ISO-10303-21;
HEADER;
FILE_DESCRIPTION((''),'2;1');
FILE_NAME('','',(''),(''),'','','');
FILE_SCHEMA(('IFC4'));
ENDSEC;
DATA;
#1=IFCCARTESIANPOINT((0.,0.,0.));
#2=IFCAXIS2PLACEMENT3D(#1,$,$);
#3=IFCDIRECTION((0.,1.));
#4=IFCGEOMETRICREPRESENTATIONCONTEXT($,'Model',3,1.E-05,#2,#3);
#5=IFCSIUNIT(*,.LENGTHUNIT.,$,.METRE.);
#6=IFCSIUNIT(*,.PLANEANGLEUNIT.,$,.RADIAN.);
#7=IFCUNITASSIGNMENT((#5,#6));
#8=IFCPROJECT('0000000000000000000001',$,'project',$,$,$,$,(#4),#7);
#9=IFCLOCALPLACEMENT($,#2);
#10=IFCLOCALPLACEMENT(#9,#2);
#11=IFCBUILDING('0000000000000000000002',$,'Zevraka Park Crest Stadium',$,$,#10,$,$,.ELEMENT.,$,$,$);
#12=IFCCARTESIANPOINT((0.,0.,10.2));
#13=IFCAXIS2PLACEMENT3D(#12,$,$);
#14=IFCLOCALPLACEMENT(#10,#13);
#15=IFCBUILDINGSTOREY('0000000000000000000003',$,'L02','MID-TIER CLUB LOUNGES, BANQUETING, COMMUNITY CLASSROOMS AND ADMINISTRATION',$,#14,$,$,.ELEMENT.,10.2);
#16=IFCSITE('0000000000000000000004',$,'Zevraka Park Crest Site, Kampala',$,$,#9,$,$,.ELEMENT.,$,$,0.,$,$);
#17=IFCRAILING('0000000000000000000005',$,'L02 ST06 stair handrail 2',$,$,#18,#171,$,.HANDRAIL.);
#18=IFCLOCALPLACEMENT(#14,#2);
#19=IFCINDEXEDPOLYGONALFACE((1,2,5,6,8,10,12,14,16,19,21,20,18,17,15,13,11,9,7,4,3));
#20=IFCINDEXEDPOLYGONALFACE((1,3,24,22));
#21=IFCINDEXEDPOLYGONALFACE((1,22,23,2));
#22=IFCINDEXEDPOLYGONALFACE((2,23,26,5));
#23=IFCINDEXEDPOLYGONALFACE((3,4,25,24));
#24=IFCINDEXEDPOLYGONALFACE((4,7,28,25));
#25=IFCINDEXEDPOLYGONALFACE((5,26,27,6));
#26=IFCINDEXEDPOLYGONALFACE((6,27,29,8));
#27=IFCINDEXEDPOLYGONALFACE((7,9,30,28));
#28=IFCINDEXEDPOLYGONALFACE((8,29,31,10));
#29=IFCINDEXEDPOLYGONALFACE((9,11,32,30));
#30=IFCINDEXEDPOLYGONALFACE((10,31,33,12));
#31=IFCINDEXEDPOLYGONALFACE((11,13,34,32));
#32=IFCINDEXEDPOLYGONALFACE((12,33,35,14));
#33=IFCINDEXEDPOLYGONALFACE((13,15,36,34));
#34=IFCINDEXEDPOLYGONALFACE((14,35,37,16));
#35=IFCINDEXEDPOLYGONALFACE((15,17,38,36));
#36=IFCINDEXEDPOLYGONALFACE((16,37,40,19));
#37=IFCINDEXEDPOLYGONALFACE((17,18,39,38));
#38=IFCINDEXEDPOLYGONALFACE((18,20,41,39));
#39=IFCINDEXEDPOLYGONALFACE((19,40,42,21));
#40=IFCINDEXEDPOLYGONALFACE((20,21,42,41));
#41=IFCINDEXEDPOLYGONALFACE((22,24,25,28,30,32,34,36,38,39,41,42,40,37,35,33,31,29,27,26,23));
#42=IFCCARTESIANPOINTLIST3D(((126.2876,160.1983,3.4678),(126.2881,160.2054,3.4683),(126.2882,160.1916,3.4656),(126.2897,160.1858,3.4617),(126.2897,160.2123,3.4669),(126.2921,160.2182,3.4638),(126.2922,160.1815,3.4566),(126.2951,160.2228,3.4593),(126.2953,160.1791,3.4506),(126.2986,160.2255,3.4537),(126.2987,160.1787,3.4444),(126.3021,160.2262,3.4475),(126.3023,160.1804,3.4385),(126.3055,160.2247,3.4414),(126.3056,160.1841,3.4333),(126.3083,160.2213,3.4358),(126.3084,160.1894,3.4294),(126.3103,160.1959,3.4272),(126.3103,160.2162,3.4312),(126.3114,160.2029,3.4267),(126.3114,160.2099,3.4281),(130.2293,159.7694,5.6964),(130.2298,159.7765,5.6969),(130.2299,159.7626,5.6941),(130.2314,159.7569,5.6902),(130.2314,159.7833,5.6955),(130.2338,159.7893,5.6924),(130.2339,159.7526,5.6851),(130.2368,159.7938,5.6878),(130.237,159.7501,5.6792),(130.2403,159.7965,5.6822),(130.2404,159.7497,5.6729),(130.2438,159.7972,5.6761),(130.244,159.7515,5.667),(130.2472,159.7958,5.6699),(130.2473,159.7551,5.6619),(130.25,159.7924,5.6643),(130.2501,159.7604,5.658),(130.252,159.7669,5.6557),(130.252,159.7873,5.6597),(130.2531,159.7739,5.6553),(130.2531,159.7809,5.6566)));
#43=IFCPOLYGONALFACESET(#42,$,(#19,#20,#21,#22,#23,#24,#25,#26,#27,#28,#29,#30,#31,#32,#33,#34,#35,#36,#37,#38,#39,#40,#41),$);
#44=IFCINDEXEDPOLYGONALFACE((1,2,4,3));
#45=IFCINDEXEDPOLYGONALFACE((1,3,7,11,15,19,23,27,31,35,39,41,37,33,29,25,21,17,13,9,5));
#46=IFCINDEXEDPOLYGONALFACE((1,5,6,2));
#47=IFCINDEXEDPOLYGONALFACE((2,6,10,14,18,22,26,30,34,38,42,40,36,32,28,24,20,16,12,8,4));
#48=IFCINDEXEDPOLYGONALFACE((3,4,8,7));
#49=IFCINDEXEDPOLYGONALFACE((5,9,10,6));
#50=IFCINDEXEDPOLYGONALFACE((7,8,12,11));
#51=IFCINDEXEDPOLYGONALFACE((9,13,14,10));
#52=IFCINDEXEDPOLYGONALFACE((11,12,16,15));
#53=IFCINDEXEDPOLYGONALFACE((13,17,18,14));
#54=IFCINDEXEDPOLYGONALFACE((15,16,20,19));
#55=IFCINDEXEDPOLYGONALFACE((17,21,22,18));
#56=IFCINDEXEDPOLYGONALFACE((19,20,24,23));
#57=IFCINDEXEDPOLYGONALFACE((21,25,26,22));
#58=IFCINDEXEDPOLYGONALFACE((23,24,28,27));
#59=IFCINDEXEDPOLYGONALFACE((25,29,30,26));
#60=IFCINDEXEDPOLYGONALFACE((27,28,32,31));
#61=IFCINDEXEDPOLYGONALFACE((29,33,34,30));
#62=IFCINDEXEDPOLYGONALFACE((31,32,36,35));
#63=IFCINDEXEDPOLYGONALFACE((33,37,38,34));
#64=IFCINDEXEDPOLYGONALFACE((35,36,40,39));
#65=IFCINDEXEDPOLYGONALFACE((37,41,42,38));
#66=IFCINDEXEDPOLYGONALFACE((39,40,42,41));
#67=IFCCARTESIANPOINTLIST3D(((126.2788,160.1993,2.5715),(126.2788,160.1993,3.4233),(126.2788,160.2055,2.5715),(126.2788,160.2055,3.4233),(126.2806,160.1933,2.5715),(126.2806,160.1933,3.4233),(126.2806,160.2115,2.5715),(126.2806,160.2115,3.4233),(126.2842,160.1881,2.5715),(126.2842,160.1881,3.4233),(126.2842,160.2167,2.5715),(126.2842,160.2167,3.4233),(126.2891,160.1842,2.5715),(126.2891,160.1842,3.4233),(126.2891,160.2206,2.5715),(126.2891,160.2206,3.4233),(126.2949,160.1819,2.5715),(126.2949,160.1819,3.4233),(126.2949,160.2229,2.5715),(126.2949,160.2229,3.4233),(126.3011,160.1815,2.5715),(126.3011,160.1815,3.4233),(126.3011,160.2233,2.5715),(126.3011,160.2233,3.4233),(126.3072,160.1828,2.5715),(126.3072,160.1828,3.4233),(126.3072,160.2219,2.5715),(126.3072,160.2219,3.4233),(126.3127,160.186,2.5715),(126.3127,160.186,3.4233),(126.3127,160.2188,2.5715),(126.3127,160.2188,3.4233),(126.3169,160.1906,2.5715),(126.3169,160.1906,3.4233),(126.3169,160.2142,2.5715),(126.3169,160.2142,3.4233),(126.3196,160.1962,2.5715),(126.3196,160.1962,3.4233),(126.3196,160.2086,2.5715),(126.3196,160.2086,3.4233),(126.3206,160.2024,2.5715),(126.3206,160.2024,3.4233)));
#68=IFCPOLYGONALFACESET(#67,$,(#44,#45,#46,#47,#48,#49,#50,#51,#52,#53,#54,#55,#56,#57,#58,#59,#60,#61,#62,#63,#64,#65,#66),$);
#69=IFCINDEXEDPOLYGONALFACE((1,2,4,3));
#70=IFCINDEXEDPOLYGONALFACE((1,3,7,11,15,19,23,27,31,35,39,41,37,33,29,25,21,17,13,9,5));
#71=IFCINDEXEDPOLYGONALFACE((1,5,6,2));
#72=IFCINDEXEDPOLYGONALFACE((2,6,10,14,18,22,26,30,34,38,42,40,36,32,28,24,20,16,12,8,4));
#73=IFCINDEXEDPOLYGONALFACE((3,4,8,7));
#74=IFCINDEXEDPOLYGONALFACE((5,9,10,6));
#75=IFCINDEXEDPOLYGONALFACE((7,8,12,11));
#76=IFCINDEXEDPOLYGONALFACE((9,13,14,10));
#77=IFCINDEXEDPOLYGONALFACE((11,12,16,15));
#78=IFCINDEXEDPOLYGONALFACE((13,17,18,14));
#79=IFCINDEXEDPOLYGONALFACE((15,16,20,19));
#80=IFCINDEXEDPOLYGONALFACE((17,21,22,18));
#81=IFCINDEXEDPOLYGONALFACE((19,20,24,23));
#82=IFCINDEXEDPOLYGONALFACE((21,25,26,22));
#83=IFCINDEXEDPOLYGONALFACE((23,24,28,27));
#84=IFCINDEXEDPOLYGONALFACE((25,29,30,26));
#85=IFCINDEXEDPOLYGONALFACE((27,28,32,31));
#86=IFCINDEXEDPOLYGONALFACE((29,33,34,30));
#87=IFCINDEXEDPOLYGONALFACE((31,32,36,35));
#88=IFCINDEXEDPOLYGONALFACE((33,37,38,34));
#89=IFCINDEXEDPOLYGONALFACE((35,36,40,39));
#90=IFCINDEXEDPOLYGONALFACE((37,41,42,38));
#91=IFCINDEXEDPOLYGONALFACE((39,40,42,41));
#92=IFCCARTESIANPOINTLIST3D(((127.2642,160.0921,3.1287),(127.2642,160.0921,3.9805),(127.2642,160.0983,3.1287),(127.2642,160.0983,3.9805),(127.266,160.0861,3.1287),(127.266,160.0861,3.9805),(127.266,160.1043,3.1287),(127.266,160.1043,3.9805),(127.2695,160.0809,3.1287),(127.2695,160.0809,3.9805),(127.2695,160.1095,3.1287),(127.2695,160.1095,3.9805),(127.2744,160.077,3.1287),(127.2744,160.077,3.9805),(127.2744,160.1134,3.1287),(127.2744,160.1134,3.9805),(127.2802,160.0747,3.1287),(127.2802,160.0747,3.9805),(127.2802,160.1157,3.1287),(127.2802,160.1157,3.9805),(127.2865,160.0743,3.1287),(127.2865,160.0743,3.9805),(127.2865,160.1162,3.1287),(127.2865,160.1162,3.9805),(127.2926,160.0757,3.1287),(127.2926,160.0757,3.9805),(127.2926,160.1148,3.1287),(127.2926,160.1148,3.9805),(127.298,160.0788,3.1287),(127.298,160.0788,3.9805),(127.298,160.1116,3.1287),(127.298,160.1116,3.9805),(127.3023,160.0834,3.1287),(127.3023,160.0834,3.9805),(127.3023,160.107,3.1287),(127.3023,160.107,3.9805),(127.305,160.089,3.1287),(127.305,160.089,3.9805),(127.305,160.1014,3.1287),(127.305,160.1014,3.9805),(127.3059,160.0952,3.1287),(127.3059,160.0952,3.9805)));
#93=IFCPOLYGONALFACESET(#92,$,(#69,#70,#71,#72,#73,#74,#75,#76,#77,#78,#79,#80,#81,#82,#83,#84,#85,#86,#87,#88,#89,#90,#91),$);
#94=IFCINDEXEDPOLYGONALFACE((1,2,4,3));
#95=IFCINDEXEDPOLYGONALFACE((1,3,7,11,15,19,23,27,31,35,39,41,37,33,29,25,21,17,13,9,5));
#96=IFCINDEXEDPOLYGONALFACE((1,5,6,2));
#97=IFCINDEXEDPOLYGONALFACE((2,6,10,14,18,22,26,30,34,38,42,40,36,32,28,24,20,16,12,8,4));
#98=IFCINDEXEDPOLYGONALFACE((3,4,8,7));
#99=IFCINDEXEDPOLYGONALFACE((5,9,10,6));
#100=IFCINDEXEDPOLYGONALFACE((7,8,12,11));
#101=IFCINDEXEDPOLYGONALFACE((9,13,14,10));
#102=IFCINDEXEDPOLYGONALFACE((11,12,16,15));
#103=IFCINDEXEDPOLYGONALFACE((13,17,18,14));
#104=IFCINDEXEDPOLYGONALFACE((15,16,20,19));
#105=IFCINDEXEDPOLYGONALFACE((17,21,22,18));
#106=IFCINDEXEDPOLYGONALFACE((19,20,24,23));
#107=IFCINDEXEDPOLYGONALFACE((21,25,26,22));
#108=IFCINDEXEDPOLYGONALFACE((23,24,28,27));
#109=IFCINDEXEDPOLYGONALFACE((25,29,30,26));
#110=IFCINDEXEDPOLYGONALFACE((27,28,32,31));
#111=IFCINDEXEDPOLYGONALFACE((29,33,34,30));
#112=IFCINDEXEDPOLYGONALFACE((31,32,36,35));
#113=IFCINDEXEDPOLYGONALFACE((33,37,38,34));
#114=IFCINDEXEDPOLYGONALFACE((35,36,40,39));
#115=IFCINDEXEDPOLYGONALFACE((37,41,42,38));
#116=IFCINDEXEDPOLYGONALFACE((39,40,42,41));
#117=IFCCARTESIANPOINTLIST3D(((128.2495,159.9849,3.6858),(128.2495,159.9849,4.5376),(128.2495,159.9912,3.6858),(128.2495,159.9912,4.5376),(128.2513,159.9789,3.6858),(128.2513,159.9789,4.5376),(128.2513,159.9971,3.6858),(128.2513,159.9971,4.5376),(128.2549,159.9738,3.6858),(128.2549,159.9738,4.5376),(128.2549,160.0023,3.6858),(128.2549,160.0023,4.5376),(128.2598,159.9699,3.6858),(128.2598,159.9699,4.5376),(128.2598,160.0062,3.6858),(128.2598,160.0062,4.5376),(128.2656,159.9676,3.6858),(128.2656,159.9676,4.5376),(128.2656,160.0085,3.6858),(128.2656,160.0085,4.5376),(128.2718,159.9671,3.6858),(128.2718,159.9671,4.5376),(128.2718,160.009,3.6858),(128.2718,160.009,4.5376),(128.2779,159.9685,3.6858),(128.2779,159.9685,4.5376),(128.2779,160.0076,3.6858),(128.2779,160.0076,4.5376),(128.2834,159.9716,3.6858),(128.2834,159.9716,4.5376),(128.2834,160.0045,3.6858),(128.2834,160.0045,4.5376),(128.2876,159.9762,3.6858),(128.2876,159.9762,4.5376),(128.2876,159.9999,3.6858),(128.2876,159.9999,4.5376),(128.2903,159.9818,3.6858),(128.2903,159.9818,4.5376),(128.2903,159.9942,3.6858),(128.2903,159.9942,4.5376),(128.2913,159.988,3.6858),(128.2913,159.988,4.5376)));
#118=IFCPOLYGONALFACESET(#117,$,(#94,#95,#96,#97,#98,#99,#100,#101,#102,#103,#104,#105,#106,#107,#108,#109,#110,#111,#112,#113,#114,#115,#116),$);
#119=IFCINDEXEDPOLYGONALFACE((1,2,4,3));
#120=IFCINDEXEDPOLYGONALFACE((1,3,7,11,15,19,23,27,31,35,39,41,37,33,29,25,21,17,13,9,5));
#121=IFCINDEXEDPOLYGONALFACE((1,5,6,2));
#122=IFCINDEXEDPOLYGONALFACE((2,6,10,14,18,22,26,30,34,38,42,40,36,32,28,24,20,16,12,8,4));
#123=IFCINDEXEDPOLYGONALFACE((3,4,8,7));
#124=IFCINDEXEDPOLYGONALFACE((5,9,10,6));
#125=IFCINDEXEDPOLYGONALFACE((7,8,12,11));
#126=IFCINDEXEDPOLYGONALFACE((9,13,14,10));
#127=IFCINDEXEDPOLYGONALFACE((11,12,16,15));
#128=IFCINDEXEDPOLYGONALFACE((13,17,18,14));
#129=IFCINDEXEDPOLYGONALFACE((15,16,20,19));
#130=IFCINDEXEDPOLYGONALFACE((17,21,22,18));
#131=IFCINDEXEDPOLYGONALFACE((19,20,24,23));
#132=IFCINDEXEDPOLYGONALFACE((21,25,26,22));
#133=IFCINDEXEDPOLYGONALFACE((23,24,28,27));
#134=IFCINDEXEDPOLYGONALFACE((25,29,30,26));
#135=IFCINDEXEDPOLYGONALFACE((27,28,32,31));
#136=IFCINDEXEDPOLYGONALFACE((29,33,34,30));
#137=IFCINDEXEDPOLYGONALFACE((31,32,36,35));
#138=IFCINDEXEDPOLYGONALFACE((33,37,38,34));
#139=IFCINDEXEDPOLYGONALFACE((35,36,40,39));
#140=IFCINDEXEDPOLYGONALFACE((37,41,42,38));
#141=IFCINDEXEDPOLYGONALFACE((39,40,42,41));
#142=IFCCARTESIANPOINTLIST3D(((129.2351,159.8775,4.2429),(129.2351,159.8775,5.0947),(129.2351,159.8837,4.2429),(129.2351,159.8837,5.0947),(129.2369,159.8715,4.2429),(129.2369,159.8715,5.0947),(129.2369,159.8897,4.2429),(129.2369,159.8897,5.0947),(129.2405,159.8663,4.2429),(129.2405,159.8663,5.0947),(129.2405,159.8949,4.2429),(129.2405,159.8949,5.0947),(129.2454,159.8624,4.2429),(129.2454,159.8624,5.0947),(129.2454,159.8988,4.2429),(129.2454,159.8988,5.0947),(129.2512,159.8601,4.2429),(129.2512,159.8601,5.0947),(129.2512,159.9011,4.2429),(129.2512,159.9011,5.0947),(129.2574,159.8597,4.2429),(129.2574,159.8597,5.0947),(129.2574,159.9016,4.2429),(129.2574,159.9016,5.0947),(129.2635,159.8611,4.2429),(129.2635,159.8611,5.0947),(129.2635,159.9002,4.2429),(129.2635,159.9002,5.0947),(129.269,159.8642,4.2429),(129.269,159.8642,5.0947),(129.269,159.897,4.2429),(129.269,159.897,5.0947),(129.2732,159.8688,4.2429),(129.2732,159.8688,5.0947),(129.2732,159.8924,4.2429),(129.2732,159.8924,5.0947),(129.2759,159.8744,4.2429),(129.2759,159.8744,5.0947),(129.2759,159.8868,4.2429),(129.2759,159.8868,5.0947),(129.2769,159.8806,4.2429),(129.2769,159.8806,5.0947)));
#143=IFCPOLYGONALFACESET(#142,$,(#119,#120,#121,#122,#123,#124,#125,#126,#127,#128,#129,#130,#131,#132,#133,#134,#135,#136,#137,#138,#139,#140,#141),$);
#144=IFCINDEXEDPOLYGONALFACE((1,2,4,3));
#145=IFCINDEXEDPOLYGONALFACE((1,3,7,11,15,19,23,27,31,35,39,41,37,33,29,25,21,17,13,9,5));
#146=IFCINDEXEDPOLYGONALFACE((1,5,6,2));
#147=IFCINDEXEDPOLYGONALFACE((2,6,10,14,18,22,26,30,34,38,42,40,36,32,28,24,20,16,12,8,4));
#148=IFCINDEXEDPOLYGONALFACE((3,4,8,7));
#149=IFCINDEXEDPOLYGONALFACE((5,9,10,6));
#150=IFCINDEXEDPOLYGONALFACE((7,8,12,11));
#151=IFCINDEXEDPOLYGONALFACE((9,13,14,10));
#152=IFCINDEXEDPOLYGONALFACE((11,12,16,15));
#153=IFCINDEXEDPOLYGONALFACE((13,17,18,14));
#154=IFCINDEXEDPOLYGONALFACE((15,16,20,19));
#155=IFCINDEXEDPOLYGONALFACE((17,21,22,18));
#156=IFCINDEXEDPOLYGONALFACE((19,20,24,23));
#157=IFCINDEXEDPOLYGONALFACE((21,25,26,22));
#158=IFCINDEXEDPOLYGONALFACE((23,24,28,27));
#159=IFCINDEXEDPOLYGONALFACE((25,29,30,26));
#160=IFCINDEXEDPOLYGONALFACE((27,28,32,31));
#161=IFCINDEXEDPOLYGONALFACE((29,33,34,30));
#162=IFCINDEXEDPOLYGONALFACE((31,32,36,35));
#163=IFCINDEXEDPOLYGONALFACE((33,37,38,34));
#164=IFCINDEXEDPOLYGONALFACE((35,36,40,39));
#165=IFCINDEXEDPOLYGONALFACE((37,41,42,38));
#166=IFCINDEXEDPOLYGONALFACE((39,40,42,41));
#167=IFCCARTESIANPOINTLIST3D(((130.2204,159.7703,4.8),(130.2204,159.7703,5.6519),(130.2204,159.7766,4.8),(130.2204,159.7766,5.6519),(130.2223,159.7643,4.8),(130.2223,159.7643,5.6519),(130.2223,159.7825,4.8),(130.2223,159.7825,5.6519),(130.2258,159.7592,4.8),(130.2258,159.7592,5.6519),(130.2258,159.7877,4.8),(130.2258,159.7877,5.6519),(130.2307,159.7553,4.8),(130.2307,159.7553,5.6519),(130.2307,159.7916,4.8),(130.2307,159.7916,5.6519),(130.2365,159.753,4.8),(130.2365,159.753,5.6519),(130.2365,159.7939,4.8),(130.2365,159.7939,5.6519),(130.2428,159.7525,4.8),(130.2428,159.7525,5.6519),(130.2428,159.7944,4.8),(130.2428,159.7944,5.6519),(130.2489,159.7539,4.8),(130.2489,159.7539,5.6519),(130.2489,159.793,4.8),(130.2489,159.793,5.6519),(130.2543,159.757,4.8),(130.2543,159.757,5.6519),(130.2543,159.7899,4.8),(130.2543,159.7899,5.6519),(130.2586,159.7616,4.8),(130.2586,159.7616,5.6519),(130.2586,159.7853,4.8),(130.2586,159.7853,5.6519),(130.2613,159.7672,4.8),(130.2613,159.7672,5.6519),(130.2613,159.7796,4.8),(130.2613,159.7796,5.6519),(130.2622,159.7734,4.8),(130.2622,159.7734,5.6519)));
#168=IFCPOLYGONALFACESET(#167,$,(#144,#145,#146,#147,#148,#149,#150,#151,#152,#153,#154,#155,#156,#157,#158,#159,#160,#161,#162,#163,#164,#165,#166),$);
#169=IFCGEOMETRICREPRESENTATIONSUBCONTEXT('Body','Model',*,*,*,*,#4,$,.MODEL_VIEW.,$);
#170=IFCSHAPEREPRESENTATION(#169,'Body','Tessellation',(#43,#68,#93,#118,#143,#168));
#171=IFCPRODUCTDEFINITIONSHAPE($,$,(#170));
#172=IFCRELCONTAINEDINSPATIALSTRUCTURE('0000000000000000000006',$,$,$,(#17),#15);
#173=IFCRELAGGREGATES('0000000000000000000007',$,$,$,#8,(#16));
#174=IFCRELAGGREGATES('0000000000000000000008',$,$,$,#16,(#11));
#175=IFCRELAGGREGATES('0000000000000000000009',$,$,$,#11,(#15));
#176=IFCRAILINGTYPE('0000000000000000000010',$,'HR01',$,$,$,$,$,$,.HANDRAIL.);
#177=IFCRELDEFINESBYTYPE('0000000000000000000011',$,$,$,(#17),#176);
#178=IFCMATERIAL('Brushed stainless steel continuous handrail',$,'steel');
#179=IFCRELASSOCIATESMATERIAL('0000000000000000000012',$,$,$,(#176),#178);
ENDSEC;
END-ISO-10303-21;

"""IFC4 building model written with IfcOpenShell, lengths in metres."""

from ifc_helpers import new_model, si_unit, direction, frame, origin, origin_2d, place, context, subcontext, project, spatial, circle, extrude, material, type_object, element, save


model = new_model("IFC4")

# Units and contexts
model_context = context("Model", 3, precision=1e-05, world=origin(), true_north=direction((0.0, 1.0)))
body_context = subcontext(model_context, "Body", "Model", "MODEL_VIEW")
ifc_project = project(units=[si_unit("LENGTHUNIT", "METRE"), si_unit("PLANEANGLEUNIT", "RADIAN")], contexts=[model_context])

# Site, building, storey
site_placement = place(None, origin())
site = spatial("IfcSite", under=ifc_project, at=site_placement, Name="Zevraka Park Crest Site, Kampala", CompositionType="ELEMENT", RefElevation=0.0)
building_placement = place(site_placement, origin())
building = spatial("IfcBuilding", under=site, at=building_placement, Name="Zevraka Park Crest Stadium", CompositionType="ELEMENT")
storey_placement = place(building_placement, frame((0.0, 0.0, 10.2)))
storey = spatial("IfcBuildingStorey", under=building, at=storey_placement, Name="L02", Description="MID-TIER CLUB LOUNGES, BANQUETING, COMMUNITY CLASSROOMS AND ADMINISTRATION", CompositionType="ELEMENT", Elevation=10.2)

# Railing
ifc_material_1 = material(Name="Brushed stainless steel continuous handrail", Category="steel")
railing_type_1 = type_object("IfcRailingType", Name="HR01", PredefinedType="HANDRAIL", material=ifc_material_1)
railing_1_placement = place(storey_placement, frame((126.2996, 160.2024, 2.5715)))
element("IfcRailing", 1, at=railing_1_placement, inside=storey, type_object=railing_type_1, Name="L02 ST06 stair handrail 2", PredefinedType="HANDRAIL", context=body_context, shape_type="SweptSolid", body=[
    extrude(circle(Radius=0.0239, at=origin_2d()), frame((0.0, 0.0, 0.876), z_axis=(0.866624, -0.094311, 0.489968), x_axis=(0.108188, 0.994131, 0.0)), (0.0, 0.0, 1.0), 4.5483),
    extrude(circle(Radius=0.021, at=origin_2d()), origin(), (0.0, 0.0, 1.0), 0.8518),
    extrude(circle(Radius=0.021, at=origin_2d()), frame((0.9854, -0.1072, 0.5571)), (0.0, 0.0, 1.0), 0.8518),
    extrude(circle(Radius=0.021, at=origin_2d()), frame((1.9707, -0.2144, 1.1143)), (0.0, 0.0, 1.0), 0.8518),
    extrude(circle(Radius=0.021, at=origin_2d()), frame((2.9563, -0.3218, 1.6714)), (0.0, 0.0, 1.0), 0.8518),
    extrude(circle(Radius=0.021, at=origin_2d()), frame((3.9417, -0.429, 2.2285)), (0.0, 0.0, 1.0), 0.8518),
])

save(model, "model.ifc")
